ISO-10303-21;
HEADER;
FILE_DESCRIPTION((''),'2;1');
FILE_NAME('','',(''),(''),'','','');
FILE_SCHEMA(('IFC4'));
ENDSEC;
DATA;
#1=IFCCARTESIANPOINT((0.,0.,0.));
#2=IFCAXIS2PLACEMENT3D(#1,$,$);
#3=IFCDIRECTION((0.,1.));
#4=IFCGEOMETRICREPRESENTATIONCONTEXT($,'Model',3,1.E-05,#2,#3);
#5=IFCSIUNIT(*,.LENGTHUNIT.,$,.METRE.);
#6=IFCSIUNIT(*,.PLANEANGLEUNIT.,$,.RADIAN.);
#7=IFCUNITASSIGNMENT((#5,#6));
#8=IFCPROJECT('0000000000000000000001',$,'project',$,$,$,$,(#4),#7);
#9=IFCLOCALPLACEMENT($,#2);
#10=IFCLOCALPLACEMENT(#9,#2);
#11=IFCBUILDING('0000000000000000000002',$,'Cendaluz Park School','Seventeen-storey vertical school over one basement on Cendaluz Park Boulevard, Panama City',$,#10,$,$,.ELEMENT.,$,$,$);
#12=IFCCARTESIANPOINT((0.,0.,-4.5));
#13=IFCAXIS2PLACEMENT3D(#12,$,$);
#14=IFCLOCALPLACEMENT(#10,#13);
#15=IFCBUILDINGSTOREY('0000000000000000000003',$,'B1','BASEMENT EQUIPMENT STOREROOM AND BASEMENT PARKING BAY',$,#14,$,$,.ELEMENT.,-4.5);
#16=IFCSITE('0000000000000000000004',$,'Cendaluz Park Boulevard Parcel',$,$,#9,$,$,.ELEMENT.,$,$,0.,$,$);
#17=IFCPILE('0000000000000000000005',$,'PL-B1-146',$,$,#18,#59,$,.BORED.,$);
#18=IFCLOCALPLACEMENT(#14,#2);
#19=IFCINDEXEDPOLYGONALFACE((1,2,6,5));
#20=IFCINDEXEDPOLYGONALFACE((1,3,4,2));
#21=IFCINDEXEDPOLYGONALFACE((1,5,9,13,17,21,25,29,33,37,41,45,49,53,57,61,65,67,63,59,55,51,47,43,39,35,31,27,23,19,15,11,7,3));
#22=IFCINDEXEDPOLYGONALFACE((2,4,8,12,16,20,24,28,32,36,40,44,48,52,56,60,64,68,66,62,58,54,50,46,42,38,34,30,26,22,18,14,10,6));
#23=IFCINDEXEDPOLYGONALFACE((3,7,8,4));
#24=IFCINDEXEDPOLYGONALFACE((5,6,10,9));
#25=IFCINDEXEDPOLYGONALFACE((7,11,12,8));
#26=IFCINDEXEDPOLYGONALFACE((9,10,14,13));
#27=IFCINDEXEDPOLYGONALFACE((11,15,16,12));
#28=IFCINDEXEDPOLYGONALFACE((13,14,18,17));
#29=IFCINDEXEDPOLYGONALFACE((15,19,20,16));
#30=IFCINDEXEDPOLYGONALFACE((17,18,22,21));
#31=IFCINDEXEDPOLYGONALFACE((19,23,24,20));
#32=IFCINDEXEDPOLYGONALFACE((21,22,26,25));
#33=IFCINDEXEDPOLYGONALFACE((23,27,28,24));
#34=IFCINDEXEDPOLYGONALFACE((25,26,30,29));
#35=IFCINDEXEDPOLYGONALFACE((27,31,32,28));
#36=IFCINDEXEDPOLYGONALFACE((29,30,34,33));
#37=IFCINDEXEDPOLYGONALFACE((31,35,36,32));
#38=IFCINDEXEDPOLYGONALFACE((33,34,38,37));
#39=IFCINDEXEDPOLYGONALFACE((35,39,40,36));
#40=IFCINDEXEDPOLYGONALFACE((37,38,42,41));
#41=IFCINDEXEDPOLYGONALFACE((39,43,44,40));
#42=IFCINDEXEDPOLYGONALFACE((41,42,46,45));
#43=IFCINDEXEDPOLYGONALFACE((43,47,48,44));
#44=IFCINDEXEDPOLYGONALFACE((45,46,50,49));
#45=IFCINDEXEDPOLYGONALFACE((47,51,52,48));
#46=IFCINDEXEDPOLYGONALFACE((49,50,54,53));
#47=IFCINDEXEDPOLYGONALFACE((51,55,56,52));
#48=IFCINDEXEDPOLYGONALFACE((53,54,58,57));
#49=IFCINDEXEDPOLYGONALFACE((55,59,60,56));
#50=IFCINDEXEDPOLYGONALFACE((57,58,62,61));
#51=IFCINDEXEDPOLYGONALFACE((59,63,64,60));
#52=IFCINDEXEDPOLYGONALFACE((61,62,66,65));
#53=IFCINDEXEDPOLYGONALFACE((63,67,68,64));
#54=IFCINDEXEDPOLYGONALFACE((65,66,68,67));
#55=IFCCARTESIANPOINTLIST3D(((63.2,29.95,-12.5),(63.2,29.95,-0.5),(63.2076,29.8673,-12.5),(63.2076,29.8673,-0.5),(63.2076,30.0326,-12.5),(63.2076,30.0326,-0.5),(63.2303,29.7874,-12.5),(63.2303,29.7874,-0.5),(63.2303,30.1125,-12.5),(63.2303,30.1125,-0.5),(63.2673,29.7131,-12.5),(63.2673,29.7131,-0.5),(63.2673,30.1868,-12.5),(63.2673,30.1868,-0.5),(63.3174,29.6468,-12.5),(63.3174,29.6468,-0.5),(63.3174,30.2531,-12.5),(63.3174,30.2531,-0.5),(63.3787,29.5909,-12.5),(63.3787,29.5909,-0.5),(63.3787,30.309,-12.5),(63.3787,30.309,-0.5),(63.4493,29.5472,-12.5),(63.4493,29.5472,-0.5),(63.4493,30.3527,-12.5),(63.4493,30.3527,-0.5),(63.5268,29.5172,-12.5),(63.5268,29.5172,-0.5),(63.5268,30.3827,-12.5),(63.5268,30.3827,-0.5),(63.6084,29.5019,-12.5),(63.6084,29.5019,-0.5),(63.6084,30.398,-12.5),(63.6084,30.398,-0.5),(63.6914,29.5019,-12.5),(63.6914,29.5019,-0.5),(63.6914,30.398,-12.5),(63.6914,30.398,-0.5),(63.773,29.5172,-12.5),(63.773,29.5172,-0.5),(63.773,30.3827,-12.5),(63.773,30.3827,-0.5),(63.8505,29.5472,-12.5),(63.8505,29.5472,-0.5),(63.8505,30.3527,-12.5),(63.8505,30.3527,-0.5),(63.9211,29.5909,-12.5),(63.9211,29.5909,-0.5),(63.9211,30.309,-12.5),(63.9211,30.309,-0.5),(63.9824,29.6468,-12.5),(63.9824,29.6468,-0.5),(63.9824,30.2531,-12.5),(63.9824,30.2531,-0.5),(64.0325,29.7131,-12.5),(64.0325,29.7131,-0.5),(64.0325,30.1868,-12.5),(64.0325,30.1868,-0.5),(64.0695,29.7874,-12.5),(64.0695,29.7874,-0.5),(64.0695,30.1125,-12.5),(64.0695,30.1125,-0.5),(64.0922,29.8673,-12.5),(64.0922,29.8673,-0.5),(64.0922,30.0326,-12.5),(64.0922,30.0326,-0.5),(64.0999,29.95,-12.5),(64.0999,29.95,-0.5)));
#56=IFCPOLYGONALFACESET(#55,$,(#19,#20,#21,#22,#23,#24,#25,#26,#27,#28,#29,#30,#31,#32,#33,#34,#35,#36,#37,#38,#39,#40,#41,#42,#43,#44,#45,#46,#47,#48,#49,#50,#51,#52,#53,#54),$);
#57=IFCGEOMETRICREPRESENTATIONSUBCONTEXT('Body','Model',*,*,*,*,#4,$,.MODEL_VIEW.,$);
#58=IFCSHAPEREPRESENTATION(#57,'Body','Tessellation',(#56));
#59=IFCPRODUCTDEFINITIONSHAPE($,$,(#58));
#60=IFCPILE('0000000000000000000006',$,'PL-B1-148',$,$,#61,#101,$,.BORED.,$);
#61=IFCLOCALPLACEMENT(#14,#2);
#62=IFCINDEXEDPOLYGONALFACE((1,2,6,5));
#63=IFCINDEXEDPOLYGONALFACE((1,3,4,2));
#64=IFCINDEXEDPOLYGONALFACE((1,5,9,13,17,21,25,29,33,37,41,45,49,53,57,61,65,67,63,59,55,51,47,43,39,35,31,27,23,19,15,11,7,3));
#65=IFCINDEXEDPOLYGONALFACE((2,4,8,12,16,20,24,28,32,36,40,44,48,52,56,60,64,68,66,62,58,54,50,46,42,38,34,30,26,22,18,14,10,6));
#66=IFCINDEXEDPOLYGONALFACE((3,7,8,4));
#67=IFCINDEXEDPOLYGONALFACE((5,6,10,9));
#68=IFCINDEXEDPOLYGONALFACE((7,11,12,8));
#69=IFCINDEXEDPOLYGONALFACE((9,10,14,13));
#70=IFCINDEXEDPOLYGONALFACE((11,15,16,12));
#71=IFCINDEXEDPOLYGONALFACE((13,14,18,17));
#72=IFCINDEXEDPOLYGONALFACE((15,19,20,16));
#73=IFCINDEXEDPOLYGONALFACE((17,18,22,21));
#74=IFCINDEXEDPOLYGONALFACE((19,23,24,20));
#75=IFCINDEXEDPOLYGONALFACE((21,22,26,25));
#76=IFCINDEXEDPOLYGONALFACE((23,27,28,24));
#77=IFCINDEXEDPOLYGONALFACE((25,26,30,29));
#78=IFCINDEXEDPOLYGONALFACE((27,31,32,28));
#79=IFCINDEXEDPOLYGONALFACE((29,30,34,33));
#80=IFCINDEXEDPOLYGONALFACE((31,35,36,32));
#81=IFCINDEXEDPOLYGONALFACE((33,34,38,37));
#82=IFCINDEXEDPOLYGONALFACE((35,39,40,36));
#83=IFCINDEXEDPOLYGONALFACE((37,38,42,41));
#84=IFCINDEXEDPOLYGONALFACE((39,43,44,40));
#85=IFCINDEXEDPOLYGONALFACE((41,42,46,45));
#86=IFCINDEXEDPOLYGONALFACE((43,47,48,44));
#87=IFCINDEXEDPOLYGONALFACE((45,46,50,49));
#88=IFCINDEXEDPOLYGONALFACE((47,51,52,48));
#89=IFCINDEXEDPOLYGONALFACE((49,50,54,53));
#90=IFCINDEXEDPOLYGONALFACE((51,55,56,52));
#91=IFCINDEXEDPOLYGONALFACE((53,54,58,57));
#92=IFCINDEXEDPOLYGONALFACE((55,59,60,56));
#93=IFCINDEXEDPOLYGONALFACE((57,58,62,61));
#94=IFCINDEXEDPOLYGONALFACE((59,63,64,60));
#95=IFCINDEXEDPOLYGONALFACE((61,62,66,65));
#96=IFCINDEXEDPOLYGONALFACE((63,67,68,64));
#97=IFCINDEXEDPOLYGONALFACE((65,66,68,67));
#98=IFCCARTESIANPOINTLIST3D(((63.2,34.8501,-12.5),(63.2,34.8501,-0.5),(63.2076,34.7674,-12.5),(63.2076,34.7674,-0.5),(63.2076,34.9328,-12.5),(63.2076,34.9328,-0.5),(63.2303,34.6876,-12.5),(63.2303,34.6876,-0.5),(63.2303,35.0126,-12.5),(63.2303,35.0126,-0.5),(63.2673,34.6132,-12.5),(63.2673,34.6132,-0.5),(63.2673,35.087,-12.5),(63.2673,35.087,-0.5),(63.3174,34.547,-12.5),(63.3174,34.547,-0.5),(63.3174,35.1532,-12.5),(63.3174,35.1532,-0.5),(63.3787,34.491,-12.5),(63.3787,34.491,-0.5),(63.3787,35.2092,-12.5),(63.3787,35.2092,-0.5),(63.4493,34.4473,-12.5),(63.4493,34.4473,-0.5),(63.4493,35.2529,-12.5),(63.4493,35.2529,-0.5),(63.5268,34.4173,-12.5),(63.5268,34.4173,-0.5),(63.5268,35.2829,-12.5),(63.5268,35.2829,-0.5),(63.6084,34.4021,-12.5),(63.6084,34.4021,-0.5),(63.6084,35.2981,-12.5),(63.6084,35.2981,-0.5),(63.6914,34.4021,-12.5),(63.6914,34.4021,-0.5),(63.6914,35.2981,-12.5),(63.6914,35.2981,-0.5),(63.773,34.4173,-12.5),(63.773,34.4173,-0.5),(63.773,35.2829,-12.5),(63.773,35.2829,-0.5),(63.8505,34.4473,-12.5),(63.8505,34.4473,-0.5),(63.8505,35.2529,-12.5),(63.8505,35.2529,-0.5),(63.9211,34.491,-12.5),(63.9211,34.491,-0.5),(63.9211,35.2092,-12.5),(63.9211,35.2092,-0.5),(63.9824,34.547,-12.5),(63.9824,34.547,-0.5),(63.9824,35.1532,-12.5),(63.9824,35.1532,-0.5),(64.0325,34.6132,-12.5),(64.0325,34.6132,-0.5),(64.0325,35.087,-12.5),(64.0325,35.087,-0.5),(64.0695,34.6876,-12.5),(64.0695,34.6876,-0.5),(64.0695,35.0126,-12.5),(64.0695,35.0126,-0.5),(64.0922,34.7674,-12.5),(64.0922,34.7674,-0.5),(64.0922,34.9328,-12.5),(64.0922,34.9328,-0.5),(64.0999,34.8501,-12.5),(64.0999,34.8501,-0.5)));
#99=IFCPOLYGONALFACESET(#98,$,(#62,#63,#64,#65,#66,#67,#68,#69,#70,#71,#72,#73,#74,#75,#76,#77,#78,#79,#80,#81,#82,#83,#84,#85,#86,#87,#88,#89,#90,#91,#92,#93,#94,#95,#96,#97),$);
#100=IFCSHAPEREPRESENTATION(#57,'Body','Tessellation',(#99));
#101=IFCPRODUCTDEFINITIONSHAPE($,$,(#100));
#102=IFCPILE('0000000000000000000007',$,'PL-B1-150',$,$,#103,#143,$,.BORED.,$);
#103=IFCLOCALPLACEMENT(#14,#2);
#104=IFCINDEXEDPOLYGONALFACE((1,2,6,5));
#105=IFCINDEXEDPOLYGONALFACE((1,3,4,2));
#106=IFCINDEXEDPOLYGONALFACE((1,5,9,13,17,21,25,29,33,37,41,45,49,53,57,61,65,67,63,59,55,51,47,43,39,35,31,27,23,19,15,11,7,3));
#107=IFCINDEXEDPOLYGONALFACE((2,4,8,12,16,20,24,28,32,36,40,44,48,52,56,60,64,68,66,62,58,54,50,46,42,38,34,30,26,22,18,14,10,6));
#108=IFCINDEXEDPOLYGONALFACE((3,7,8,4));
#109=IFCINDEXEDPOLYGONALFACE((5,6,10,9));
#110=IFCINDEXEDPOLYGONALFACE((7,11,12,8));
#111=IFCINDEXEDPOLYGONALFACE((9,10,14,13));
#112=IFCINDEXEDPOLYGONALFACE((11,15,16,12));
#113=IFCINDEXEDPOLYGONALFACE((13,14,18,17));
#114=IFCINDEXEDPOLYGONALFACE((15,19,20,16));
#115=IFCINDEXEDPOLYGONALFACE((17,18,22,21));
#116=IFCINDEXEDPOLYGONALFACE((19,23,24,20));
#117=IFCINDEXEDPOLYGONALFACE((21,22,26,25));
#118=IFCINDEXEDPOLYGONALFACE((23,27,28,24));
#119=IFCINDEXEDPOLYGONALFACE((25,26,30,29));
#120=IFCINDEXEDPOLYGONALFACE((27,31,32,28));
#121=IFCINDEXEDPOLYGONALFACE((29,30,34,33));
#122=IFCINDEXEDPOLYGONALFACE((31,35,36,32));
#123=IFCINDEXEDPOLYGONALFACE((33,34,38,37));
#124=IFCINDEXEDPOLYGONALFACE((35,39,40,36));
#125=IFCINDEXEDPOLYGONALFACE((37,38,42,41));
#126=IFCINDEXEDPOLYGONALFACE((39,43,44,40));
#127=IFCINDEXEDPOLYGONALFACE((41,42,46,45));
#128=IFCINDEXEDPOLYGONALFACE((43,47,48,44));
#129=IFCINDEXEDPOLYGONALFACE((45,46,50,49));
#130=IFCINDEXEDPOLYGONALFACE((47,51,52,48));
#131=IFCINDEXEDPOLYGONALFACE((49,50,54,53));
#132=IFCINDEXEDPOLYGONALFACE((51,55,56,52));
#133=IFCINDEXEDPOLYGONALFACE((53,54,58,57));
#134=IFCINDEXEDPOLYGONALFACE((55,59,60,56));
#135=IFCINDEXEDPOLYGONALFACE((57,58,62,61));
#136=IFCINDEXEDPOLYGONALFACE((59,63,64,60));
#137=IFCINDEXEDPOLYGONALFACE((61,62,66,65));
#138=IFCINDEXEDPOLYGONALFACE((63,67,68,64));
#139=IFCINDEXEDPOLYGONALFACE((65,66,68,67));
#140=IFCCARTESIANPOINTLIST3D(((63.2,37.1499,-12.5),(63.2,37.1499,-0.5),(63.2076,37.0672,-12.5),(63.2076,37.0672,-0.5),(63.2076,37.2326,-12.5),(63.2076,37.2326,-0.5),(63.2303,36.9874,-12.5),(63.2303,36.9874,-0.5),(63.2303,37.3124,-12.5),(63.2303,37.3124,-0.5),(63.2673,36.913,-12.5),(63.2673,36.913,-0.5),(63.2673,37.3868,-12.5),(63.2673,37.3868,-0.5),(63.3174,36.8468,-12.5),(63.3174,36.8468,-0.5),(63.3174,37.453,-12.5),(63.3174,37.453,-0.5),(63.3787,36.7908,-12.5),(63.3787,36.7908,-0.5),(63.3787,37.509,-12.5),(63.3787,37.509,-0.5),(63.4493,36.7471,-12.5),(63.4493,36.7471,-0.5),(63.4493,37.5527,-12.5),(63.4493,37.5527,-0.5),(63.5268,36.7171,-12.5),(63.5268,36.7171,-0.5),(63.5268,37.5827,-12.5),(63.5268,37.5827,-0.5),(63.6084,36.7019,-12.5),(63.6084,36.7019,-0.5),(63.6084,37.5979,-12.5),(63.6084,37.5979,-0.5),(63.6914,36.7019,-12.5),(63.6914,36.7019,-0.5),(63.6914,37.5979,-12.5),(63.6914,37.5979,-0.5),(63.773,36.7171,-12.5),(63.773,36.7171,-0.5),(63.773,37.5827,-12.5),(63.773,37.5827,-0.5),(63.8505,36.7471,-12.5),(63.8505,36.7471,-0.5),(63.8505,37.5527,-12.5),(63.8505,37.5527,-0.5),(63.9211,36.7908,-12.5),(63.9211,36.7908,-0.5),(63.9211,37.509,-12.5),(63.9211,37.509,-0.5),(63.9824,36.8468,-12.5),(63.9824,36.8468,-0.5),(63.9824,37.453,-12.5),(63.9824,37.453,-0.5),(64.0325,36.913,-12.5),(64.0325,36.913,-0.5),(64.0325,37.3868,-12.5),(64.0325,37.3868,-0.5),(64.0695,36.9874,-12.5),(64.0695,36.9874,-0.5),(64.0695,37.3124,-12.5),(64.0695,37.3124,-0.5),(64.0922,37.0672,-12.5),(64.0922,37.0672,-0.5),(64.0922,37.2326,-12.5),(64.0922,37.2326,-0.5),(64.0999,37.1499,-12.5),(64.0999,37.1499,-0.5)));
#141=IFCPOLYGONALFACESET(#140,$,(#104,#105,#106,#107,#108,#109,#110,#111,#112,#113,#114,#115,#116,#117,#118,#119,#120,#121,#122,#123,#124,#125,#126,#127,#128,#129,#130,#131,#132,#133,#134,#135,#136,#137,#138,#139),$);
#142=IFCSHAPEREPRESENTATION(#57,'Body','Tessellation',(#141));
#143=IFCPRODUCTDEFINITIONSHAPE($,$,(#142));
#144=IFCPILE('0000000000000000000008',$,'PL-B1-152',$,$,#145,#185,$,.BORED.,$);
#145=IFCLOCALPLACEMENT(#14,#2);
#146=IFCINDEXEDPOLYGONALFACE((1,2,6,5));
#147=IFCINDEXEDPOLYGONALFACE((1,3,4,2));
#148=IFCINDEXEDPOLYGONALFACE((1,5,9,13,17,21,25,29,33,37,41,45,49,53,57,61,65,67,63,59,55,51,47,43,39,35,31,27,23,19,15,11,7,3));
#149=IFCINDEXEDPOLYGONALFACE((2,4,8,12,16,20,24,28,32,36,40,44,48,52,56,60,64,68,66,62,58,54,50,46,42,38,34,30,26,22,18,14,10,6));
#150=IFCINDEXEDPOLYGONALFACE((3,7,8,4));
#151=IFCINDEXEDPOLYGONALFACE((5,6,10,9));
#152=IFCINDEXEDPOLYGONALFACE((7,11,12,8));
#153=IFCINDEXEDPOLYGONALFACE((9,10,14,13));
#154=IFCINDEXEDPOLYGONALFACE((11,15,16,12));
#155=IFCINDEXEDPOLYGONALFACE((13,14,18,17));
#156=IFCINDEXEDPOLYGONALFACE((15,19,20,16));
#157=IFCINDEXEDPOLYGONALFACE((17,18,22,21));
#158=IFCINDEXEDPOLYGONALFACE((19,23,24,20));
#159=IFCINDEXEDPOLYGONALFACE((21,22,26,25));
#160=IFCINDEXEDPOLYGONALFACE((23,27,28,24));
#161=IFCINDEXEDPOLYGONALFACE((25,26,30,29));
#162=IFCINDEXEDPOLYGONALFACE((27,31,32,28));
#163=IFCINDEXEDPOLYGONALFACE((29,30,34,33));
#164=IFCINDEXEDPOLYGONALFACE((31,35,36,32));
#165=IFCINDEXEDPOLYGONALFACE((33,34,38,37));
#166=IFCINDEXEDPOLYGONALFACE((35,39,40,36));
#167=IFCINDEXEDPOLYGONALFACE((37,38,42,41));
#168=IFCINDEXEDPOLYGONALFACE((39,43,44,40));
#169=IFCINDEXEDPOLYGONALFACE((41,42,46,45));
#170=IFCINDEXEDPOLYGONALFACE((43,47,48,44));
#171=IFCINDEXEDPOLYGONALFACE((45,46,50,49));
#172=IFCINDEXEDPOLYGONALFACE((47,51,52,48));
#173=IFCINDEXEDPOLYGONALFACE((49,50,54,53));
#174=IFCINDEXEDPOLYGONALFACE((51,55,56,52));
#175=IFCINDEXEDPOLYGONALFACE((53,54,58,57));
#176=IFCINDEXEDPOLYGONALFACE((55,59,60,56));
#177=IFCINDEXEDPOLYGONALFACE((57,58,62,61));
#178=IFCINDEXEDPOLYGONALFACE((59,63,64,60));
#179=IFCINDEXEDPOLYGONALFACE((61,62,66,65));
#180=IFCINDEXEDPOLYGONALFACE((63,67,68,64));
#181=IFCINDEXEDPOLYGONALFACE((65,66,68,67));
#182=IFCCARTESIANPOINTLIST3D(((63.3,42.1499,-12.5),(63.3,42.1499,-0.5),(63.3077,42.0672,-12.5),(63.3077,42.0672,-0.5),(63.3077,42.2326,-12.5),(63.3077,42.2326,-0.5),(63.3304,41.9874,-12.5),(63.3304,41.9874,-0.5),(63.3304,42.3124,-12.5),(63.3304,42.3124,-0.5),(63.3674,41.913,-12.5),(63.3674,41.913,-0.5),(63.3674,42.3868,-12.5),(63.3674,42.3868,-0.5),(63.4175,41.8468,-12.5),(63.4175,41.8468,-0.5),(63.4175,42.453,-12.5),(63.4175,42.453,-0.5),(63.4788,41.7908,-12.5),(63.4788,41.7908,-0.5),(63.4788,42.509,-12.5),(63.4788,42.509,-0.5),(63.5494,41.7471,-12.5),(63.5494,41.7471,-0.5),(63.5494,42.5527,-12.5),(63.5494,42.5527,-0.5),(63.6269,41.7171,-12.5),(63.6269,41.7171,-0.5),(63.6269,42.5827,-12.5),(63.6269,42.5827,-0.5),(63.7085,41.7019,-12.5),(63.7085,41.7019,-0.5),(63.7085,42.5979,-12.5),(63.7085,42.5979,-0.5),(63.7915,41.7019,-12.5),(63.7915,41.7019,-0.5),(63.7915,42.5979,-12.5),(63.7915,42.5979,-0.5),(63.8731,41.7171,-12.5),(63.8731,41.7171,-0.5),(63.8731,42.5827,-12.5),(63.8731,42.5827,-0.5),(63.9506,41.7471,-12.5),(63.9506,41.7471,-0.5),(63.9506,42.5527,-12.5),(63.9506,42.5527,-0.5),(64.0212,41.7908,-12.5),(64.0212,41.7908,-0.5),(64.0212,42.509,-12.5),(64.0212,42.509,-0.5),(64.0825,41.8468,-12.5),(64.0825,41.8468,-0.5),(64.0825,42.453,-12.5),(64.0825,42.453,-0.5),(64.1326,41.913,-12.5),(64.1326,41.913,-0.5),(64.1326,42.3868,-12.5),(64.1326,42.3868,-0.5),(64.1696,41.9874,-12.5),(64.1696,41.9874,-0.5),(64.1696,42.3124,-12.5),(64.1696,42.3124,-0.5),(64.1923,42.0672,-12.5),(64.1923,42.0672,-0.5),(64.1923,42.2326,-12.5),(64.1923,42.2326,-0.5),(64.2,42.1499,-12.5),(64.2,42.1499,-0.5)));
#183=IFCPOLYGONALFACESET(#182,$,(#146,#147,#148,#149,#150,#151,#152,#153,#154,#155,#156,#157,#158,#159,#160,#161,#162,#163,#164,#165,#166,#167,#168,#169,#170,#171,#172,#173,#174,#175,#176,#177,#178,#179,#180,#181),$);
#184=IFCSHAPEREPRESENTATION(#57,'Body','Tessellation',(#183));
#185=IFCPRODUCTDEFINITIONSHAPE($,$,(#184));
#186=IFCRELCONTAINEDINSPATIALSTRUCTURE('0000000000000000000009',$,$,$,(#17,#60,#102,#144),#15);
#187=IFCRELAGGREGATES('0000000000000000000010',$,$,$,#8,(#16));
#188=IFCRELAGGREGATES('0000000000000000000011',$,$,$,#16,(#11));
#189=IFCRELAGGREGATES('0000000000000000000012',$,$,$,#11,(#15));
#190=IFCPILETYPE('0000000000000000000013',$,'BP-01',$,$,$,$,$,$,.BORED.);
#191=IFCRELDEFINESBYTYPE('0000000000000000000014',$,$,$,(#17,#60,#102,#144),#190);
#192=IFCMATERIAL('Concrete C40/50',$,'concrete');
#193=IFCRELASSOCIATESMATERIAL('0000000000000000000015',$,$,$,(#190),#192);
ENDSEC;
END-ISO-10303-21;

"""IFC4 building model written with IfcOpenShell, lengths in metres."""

from ifc_helpers import new_model, si_unit, direction, frame, origin, origin_2d, place, context, subcontext, project, spatial, circle, extrude, material, material_profile, profile_set, type_object, element, save


model = new_model("IFC4")

# Units and contexts
model_context = context("Model", 3, precision=1e-05, world=origin(), true_north=direction((0.0, 1.0)))
body_context = subcontext(model_context, "Body", "Model", "MODEL_VIEW")
ifc_project = project(units=[si_unit("LENGTHUNIT", "METRE"), si_unit("PLANEANGLEUNIT", "RADIAN")], contexts=[model_context])

# Site, building, storey
site_placement = place(None, origin())
site = spatial("IfcSite", under=ifc_project, at=site_placement, Name="Cendaluz Park Boulevard Parcel", CompositionType="ELEMENT", RefElevation=0.0)
building_placement = place(site_placement, origin())
building = spatial("IfcBuilding", under=site, at=building_placement, Name="Cendaluz Park School", Description="Seventeen-storey vertical school over one basement on Cendaluz Park Boulevard, Panama City", CompositionType="ELEMENT")
storey_placement = place(building_placement, frame((0.0, 0.0, -4.5)))
storey = spatial("IfcBuildingStorey", under=building, at=storey_placement, Name="B1", Description="BASEMENT EQUIPMENT STOREROOM AND BASEMENT PARKING BAY", CompositionType="ELEMENT", Elevation=-4.5)

# Piles
ifc_material_1 = material(Name="Concrete C40/50", Category="concrete")
ifc_material_profile_1 = material_profile(ifc_material_1, circle(Radius=0.45, at=origin_2d()), Name="BP D900", Category="concrete")
ifc_profile_set_1 = profile_set([ifc_material_profile_1], Name="Concrete C40/50")
pile_type_1 = type_object("IfcPileType", Name="BP-01", PredefinedType="BORED", material=ifc_profile_set_1)
for number, where, z_axis, x_axis, name in (
    (1, (63.6499, 29.95, -0.5), (0.0, 0.0, -1.0), (1.0, 0.0, 0.0), "PL-B1-146"),
    (2, (63.6499, 34.8501, -0.5), (0.0, 0.0, -1.0), (1.0, 0.0, 0.0), "PL-B1-148"),
    (3, (63.6499, 37.1499, -0.5), (0.0, 0.0, -1.0), (1.0, 0.0, 0.0), "PL-B1-150"),
    (4, (63.75, 42.1499, -0.5), (0.0, 0.0, -1.0), (1.0, 0.0, 0.0), "PL-B1-152"),
):
    element("IfcPile", number, at=place(storey_placement, frame(where, z_axis=z_axis, x_axis=x_axis)), inside=storey, type_object=pile_type_1, Name=name, PredefinedType="BORED", context=body_context, shape_type="SweptSolid", body=[
        extrude(circle(Radius=0.45, at=origin_2d()), origin(), (0.0, 0.0, 1.0), 12.0),
    ])

save(model, "model.ifc")
